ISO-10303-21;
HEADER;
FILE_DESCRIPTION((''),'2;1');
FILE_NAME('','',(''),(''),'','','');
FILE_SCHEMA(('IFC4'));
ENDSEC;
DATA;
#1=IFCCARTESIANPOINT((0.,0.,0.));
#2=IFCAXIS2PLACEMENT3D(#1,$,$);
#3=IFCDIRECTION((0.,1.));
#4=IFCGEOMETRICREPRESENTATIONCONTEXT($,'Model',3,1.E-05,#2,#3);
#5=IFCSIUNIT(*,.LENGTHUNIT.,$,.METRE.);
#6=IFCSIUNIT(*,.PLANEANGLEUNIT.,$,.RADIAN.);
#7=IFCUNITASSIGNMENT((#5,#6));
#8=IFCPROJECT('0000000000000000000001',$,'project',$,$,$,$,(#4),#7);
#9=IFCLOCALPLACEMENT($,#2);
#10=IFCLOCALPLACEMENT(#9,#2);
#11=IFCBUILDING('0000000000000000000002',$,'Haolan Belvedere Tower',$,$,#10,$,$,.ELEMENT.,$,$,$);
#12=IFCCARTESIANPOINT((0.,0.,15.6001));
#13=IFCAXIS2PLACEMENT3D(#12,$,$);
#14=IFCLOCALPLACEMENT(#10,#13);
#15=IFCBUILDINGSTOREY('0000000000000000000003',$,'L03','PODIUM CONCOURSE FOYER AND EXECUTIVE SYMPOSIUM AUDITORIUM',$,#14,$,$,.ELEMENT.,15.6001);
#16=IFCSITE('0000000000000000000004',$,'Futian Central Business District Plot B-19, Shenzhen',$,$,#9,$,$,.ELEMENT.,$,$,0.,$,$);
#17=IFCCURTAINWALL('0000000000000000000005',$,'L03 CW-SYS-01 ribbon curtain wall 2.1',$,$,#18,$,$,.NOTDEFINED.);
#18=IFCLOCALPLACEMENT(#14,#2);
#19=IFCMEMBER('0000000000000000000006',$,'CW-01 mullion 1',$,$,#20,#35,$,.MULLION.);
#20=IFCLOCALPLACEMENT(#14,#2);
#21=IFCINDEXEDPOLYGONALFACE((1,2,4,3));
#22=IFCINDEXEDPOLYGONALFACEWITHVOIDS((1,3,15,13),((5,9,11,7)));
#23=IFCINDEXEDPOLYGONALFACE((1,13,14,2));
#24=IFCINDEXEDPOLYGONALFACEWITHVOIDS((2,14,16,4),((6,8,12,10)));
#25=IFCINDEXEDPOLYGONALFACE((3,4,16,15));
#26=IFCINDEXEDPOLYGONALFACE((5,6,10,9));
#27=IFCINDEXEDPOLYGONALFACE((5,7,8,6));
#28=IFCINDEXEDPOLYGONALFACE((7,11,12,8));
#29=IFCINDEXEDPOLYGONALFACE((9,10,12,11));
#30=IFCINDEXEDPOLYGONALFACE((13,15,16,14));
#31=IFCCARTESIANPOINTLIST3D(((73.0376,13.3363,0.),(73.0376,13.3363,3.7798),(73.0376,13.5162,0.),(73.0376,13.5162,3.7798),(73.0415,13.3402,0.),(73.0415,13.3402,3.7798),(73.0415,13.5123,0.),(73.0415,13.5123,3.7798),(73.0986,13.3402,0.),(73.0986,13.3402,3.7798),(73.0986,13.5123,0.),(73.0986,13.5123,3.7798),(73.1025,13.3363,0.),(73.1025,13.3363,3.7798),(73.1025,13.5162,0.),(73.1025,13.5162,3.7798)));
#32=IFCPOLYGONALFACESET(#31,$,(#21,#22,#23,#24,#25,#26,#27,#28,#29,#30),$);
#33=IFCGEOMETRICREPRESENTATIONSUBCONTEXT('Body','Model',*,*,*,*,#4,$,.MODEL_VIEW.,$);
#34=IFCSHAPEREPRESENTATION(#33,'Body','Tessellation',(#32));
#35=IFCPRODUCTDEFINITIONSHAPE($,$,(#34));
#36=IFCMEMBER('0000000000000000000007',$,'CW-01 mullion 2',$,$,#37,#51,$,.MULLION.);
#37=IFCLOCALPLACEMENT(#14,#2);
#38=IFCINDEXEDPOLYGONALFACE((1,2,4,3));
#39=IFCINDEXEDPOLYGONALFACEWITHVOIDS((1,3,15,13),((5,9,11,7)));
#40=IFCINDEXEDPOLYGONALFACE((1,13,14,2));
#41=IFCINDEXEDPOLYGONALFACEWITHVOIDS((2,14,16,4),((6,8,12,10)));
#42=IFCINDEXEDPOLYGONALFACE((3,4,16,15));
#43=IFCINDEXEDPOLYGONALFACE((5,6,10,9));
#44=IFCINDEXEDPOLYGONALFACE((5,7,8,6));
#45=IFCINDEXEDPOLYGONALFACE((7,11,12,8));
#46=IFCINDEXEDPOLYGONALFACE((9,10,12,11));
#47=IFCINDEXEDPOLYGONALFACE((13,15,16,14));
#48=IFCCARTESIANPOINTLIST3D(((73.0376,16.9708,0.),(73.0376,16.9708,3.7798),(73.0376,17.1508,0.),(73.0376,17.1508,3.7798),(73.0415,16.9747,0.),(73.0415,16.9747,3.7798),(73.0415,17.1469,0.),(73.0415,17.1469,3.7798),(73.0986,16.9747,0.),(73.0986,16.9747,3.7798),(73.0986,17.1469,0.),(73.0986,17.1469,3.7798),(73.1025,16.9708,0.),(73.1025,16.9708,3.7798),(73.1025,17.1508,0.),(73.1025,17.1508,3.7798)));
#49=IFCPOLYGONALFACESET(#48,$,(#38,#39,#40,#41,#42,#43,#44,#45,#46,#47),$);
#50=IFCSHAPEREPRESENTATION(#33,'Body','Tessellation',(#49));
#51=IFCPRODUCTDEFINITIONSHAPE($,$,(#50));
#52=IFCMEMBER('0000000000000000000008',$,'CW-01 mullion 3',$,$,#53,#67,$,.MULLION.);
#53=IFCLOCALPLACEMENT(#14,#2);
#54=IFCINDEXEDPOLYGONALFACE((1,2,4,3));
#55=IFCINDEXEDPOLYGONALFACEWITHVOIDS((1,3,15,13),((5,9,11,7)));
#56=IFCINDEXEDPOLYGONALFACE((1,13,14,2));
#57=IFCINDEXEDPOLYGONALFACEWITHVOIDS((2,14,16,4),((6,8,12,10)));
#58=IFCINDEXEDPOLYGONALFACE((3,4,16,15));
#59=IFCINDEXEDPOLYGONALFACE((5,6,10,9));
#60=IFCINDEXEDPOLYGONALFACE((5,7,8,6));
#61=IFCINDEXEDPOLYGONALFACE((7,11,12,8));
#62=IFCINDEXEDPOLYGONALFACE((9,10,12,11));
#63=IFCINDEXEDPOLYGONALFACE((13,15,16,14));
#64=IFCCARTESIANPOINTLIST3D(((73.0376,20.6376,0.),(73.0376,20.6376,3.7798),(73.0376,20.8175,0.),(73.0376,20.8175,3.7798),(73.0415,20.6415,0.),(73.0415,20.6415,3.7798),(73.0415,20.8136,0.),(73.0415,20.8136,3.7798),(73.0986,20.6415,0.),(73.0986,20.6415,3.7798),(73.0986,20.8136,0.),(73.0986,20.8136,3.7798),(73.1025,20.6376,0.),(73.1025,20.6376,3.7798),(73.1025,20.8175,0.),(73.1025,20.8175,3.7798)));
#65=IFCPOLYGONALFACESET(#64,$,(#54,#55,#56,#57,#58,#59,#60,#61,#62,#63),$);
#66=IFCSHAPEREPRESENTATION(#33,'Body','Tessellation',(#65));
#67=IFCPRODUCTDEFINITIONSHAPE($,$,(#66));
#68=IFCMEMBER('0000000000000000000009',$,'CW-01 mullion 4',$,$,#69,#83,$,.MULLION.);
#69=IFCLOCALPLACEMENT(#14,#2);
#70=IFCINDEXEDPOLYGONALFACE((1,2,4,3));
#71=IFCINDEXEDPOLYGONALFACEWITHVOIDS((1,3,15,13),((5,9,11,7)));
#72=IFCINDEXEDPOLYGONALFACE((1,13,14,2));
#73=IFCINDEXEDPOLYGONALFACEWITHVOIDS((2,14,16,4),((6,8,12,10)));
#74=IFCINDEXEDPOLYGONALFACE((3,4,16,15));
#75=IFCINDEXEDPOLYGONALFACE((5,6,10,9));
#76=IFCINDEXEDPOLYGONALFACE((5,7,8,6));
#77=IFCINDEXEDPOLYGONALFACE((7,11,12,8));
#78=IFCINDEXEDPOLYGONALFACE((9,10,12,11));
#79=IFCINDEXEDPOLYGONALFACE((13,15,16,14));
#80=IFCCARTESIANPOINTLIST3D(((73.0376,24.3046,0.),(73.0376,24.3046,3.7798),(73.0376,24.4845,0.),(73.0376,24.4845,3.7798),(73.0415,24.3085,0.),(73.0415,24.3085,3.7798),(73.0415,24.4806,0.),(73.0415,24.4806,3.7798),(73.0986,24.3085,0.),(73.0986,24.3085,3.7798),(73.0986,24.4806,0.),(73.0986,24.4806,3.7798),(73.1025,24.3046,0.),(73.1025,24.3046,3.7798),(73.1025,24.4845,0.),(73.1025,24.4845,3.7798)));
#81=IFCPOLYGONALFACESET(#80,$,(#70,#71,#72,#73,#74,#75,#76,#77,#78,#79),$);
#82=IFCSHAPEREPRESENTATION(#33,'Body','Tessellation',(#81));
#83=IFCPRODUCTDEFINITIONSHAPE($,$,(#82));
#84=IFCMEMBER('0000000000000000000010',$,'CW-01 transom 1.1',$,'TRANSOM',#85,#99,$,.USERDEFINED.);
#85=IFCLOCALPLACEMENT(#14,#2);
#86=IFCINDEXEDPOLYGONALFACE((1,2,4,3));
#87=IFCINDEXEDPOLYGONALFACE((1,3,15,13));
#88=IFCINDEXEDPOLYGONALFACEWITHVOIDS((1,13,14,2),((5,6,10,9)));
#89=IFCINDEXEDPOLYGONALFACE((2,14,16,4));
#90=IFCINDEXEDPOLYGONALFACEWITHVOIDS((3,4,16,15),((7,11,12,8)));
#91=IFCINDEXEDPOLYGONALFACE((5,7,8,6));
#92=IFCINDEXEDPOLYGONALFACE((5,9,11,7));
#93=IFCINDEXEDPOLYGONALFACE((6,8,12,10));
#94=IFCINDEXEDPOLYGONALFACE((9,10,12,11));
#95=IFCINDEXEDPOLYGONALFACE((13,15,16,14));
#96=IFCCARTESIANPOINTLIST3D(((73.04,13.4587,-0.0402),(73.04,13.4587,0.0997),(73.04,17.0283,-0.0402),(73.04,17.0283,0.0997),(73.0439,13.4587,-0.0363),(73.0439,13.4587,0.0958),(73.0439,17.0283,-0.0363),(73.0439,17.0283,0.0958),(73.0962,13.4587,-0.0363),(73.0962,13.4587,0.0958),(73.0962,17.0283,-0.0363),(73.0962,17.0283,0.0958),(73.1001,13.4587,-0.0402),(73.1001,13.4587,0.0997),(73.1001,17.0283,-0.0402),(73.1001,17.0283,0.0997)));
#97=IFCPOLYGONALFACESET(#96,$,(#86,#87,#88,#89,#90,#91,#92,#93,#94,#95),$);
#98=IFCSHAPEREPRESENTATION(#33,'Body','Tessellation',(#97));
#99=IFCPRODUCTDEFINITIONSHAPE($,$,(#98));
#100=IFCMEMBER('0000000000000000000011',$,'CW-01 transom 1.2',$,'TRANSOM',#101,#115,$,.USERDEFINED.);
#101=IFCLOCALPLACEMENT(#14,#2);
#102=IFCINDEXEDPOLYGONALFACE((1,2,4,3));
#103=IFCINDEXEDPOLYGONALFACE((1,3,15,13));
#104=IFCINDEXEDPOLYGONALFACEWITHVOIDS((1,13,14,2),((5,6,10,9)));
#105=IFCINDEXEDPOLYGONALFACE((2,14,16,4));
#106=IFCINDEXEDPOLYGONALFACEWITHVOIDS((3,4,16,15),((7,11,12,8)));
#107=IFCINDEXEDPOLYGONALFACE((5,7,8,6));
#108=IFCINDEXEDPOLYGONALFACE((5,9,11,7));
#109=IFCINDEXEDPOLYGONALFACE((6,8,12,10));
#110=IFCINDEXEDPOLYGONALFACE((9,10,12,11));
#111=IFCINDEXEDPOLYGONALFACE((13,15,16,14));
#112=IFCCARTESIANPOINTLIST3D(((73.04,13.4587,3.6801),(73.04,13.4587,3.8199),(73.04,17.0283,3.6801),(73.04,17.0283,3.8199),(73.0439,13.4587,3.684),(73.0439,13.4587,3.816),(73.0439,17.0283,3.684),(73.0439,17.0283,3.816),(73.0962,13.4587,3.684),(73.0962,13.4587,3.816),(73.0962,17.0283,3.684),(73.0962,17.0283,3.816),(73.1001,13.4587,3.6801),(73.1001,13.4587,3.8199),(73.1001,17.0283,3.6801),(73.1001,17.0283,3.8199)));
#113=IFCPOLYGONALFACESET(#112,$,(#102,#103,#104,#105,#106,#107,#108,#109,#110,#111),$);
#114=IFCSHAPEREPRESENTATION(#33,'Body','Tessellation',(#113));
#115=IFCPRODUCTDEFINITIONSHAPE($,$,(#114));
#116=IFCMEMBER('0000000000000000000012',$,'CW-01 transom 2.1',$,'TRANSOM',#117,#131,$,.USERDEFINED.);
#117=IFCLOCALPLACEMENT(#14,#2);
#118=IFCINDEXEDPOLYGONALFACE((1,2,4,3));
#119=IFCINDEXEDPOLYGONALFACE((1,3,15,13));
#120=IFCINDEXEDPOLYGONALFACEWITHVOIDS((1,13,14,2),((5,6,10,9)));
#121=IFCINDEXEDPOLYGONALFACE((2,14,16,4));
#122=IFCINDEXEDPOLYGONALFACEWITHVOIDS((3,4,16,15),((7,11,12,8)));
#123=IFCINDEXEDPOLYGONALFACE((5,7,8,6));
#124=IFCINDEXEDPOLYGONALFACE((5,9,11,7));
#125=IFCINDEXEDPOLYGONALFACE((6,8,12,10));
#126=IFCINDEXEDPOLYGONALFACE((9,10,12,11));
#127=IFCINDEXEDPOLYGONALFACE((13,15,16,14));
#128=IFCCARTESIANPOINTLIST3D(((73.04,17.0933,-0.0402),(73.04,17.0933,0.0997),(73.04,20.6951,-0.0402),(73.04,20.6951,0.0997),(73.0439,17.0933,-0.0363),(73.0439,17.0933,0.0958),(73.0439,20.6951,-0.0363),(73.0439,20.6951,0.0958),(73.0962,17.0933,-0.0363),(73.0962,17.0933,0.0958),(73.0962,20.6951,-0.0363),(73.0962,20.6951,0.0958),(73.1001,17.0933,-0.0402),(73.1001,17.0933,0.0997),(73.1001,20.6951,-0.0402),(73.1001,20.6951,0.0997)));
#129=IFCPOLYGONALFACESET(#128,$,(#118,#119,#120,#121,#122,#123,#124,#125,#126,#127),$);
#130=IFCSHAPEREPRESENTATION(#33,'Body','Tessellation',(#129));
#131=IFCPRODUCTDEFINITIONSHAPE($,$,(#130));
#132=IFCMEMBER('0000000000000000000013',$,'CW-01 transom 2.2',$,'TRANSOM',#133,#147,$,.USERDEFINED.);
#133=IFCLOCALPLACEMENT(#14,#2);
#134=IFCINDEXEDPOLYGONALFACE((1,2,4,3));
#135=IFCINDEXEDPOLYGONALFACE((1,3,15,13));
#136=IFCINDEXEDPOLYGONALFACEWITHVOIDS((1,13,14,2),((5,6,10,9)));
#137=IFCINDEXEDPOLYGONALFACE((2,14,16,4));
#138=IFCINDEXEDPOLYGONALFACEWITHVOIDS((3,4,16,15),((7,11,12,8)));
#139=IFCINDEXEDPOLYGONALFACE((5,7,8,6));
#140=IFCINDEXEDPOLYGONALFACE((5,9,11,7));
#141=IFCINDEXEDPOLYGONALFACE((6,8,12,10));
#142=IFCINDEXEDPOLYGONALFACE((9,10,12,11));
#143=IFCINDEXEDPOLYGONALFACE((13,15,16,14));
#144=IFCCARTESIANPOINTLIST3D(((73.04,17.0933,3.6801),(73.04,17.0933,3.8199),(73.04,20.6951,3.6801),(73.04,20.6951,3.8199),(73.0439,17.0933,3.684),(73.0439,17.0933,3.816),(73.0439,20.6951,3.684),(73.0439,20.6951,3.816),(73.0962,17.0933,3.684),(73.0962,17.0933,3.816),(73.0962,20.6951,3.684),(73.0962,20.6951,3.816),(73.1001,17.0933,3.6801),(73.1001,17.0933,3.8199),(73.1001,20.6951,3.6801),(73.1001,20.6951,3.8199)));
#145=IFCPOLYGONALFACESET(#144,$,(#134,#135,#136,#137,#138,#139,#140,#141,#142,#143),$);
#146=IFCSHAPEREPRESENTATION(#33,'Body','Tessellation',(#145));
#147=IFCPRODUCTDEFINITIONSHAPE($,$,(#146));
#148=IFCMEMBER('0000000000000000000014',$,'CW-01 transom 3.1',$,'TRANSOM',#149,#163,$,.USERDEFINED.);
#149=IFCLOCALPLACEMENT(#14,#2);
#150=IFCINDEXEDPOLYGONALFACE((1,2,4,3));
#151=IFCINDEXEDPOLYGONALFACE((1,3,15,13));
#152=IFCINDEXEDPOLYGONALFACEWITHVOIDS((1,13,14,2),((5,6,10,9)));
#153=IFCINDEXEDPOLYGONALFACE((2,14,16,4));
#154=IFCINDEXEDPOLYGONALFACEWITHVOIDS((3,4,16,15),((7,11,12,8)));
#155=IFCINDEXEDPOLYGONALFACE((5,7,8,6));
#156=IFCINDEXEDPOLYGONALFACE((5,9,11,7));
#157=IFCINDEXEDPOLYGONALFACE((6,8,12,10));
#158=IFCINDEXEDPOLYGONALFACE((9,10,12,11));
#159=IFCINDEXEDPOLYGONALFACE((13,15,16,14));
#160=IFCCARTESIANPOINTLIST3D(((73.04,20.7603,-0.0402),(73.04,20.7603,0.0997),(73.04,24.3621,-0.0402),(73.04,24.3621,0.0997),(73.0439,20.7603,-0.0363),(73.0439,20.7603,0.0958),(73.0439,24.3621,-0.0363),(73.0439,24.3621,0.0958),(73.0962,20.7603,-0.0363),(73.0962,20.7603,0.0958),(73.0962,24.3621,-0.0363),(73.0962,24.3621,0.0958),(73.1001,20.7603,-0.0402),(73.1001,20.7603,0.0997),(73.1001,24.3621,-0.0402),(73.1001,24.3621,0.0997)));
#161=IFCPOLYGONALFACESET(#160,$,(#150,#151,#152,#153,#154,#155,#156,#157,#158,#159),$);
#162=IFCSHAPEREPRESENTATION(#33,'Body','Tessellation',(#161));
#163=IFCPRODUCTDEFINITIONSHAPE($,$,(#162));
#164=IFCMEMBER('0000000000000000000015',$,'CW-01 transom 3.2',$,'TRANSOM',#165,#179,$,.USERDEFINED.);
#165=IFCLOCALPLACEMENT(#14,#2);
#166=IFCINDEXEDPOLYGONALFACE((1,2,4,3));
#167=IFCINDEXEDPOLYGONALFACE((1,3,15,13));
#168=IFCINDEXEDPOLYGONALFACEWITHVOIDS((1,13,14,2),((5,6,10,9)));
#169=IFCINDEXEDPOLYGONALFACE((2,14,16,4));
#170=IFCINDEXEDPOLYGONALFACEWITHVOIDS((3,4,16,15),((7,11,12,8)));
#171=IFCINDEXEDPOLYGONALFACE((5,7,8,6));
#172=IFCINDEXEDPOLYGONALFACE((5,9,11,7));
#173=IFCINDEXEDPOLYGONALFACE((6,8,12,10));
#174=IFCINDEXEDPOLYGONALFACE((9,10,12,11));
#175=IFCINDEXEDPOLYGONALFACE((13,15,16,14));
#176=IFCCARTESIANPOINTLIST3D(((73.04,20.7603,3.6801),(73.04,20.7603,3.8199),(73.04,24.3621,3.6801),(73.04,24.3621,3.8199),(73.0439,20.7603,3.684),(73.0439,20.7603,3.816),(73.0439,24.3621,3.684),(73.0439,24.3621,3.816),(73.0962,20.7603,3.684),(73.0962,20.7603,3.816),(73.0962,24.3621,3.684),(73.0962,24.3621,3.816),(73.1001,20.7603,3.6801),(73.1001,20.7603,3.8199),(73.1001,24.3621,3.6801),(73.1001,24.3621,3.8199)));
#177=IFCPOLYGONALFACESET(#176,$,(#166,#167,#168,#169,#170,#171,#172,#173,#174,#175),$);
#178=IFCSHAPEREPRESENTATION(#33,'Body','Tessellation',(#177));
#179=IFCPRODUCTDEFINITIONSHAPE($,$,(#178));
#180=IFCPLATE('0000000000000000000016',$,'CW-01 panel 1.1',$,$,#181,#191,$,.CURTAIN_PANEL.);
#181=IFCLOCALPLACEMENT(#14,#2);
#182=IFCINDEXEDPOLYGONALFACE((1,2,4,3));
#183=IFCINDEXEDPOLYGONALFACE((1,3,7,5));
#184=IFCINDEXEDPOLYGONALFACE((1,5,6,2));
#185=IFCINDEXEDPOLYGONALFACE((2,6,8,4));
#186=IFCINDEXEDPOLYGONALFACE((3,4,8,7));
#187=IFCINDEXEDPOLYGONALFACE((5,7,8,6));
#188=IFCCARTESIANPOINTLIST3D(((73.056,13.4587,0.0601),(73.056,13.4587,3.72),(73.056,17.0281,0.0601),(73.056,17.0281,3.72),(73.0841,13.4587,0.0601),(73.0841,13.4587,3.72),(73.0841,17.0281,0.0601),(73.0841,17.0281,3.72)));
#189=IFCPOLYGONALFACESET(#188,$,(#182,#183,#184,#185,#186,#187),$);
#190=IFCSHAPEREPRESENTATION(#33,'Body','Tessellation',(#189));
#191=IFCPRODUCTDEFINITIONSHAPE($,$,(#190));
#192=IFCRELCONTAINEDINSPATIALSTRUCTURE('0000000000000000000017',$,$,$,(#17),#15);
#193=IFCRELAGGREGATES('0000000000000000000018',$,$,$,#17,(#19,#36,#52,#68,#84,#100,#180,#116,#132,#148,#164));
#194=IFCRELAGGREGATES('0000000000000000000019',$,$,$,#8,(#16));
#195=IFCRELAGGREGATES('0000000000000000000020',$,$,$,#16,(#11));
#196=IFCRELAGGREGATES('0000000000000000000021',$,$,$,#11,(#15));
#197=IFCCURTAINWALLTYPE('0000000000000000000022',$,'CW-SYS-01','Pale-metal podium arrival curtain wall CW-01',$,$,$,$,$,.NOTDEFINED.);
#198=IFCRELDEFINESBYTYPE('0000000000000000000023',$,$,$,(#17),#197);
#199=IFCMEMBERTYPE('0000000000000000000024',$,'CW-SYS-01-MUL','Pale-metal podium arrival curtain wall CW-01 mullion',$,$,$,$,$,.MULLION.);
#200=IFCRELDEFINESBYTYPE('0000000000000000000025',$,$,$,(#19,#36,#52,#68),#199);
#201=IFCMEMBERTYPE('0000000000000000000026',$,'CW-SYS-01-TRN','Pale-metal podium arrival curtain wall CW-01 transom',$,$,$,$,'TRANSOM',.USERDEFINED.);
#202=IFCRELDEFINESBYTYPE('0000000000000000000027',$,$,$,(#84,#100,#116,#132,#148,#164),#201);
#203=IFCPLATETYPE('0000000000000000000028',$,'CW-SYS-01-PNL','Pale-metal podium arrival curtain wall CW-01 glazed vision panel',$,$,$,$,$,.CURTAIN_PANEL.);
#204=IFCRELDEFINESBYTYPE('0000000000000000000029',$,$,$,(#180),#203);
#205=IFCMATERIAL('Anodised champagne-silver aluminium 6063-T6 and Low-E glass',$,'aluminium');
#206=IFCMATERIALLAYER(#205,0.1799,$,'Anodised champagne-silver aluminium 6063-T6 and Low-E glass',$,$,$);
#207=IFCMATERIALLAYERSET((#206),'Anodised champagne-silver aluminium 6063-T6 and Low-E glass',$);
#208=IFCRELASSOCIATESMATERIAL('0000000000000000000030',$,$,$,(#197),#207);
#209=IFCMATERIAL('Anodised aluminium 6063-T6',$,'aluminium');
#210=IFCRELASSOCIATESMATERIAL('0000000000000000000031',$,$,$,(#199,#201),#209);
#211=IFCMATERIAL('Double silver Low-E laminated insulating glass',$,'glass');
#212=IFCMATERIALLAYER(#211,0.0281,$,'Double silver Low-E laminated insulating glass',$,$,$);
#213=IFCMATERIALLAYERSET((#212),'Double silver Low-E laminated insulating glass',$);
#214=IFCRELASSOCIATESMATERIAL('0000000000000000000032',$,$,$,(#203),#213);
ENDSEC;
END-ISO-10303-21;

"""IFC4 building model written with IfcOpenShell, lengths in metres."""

from ifc_helpers import new_model, si_unit, direction, frame, origin, origin_2d, place, context, subcontext, project, spatial, rectangle, hollow_rectangle, extrude, material, layer, layer_set, material_profile, profile_set, type_object, element, aggregate, save


model = new_model("IFC4")

# Units and contexts
model_context = context("Model", 3, precision=1e-05, world=origin(), true_north=direction((0.0, 1.0)))
body_context = subcontext(model_context, "Body", "Model", "MODEL_VIEW")
ifc_project = project(units=[si_unit("LENGTHUNIT", "METRE"), si_unit("PLANEANGLEUNIT", "RADIAN")], contexts=[model_context])

# Site, building, storey
site_placement = place(None, origin())
site = spatial("IfcSite", under=ifc_project, at=site_placement, Name="Futian Central Business District Plot B-19, Shenzhen", CompositionType="ELEMENT", RefElevation=0.0)
building_placement = place(site_placement, origin())
building = spatial("IfcBuilding", under=site, at=building_placement, Name="Haolan Belvedere Tower", CompositionType="ELEMENT")
storey_placement = place(building_placement, frame((0.0, 0.0, 15.6001)))
storey = spatial("IfcBuildingStorey", under=building, at=storey_placement, Name="L03", Description="PODIUM CONCOURSE FOYER AND EXECUTIVE SYMPOSIUM AUDITORIUM", CompositionType="ELEMENT", Elevation=15.6001)

# Curtain wall, members, plate
ifc_material_1 = material(Name="Anodised champagne-silver aluminium 6063-T6 and Low-E glass", Category="aluminium")
ifc_layer_1 = layer(ifc_material_1, 0.1799, Name="Anodised champagne-silver aluminium 6063-T6 and Low-E glass")
ifc_layer_set_1 = layer_set([ifc_layer_1], Name="Anodised champagne-silver aluminium 6063-T6 and Low-E glass")
curtain_wall_type = type_object("IfcCurtainWallType", Name="CW-SYS-01", Description="Pale-metal podium arrival curtain wall CW-01", PredefinedType="NOTDEFINED", material=ifc_layer_set_1)
curtain_wall_placement = place(storey_placement, origin())
curtain_wall = element("IfcCurtainWall", 1, at=curtain_wall_placement, inside=storey, type_object=curtain_wall_type, Name="L03 CW-SYS-01 ribbon curtain wall 2.1", PredefinedType="NOTDEFINED")
ifc_material_2 = material(Name="Anodised aluminium 6063-T6", Category="aluminium")
ifc_material_profile_1 = material_profile(ifc_material_2, hollow_rectangle(XDim=0.0649, YDim=0.1799, WallThickness=0.0039, at=origin_2d()), Name="Anodised aluminium 6063-T6")
ifc_profile_set_1 = profile_set([ifc_material_profile_1], Name="Anodised aluminium 6063-T6")
member_type_1 = type_object("IfcMemberType", Name="CW-SYS-01-MUL", Description="Pale-metal podium arrival curtain wall CW-01 mullion", PredefinedType="MULLION", material=ifc_profile_set_1)
member_1_placement = place(storey_placement, frame((73.0701, 13.4263, 0.0), z_axis=(0.0, 0.0, 1.0), x_axis=(-1.0, 0.0, 0.0)))
member_1 = element("IfcMember", 2, at=member_1_placement, type_object=member_type_1, Name="CW-01 mullion 1", PredefinedType="MULLION", context=body_context, shape_type="SweptSolid", body=[
    extrude(hollow_rectangle(XDim=0.0649, YDim=0.1799, WallThickness=0.0039, at=origin_2d()), origin(), (0.0, 0.0, 1.0), 3.7798),
])
member_2_placement = place(storey_placement, frame((73.0701, 17.0608, 0.0), z_axis=(0.0, 0.0, 1.0), x_axis=(-1.0, 0.0, 0.0)))
member_2 = element("IfcMember", 3, at=member_2_placement, type_object=member_type_1, Name="CW-01 mullion 2", PredefinedType="MULLION", context=body_context, shape_type="SweptSolid", body=[
    extrude(hollow_rectangle(XDim=0.0649, YDim=0.1799, WallThickness=0.0039, at=origin_2d()), origin(), (0.0, 0.0, 1.0), 3.7798),
])
member_3_placement = place(storey_placement, frame((73.0701, 20.7275, 0.0), z_axis=(0.0, 0.0, 1.0), x_axis=(-1.0, 0.0, 0.0)))
member_3 = element("IfcMember", 4, at=member_3_placement, type_object=member_type_1, Name="CW-01 mullion 3", PredefinedType="MULLION", context=body_context, shape_type="SweptSolid", body=[
    extrude(hollow_rectangle(XDim=0.0649, YDim=0.1799, WallThickness=0.0039, at=origin_2d()), origin(), (0.0, 0.0, 1.0), 3.7798),
])
member_4_placement = place(storey_placement, frame((73.0701, 24.3945, 0.0), z_axis=(0.0, 0.0, 1.0), x_axis=(-1.0, 0.0, 0.0)))
member_4 = element("IfcMember", 5, at=member_4_placement, type_object=member_type_1, Name="CW-01 mullion 4", PredefinedType="MULLION", context=body_context, shape_type="SweptSolid", body=[
    extrude(hollow_rectangle(XDim=0.0649, YDim=0.1799, WallThickness=0.0039, at=origin_2d()), origin(), (0.0, 0.0, 1.0), 3.7798),
])
ifc_material_profile_2 = material_profile(ifc_material_2, hollow_rectangle(XDim=0.0601, YDim=0.1399, WallThickness=0.0039, at=origin_2d()), Name="Anodised aluminium 6063-T6")
ifc_profile_set_2 = profile_set([ifc_material_profile_2], Name="Anodised aluminium 6063-T6")
member_type_2 = type_object("IfcMemberType", Name="CW-SYS-01-TRN", Description="Pale-metal podium arrival curtain wall CW-01 transom", ElementType="TRANSOM", PredefinedType="USERDEFINED", material=ifc_profile_set_2)
member_5_placement = place(storey_placement, frame((73.0701, 13.4587, 0.0298), z_axis=(0.0, 1.0, 0.0), x_axis=(-1.0, 0.0, 0.0)))
member_5 = element("IfcMember", 6, at=member_5_placement, type_object=member_type_2, Name="CW-01 transom 1.1", ObjectType="TRANSOM", PredefinedType="USERDEFINED", context=body_context, shape_type="SweptSolid", body=[
    extrude(hollow_rectangle(XDim=0.0601, YDim=0.1399, WallThickness=0.0039, at=origin_2d()), origin(), (0.0, 0.0, 1.0), 3.5696),
])
member_6_placement = place(storey_placement, frame((73.0701, 13.4587, 3.75), z_axis=(0.0, 1.0, 0.0), x_axis=(-1.0, 0.0, 0.0)))
member_6 = element("IfcMember", 7, at=member_6_placement, type_object=member_type_2, Name="CW-01 transom 1.2", ObjectType="TRANSOM", PredefinedType="USERDEFINED", context=body_context, shape_type="SweptSolid", body=[
    extrude(hollow_rectangle(XDim=0.0601, YDim=0.1399, WallThickness=0.0039, at=origin_2d()), origin(), (0.0, 0.0, 1.0), 3.5696),
])
member_7_placement = place(storey_placement, frame((73.0701, 17.0933, 0.0298), z_axis=(0.0, 1.0, 0.0), x_axis=(-1.0, 0.0, 0.0)))
member_7 = element("IfcMember", 8, at=member_7_placement, type_object=member_type_2, Name="CW-01 transom 2.1", ObjectType="TRANSOM", PredefinedType="USERDEFINED", context=body_context, shape_type="SweptSolid", body=[
    extrude(hollow_rectangle(XDim=0.0601, YDim=0.1399, WallThickness=0.0039, at=origin_2d()), origin(), (0.0, 0.0, 1.0), 3.6018),
])
member_8_placement = place(storey_placement, frame((73.0701, 17.0933, 3.75), z_axis=(0.0, 1.0, 0.0), x_axis=(-1.0, 0.0, 0.0)))
member_8 = element("IfcMember", 9, at=member_8_placement, type_object=member_type_2, Name="CW-01 transom 2.2", ObjectType="TRANSOM", PredefinedType="USERDEFINED", context=body_context, shape_type="SweptSolid", body=[
    extrude(hollow_rectangle(XDim=0.0601, YDim=0.1399, WallThickness=0.0039, at=origin_2d()), origin(), (0.0, 0.0, 1.0), 3.6018),
])
member_9_placement = place(storey_placement, frame((73.0701, 20.7603, 0.0298), z_axis=(0.0, 1.0, 0.0), x_axis=(-1.0, 0.0, 0.0)))
member_9 = element("IfcMember", 10, at=member_9_placement, type_object=member_type_2, Name="CW-01 transom 3.1", ObjectType="TRANSOM", PredefinedType="USERDEFINED", context=body_context, shape_type="SweptSolid", body=[
    extrude(hollow_rectangle(XDim=0.0601, YDim=0.1399, WallThickness=0.0039, at=origin_2d()), origin(), (0.0, 0.0, 1.0), 3.6018),
])
member_10_placement = place(storey_placement, frame((73.0701, 20.7603, 3.75), z_axis=(0.0, 1.0, 0.0), x_axis=(-1.0, 0.0, 0.0)))
member_10 = element("IfcMember", 11, at=member_10_placement, type_object=member_type_2, Name="CW-01 transom 3.2", ObjectType="TRANSOM", PredefinedType="USERDEFINED", context=body_context, shape_type="SweptSolid", body=[
    extrude(hollow_rectangle(XDim=0.0601, YDim=0.1399, WallThickness=0.0039, at=origin_2d()), origin(), (0.0, 0.0, 1.0), 3.6018),
])
ifc_material_3 = material(Name="Double silver Low-E laminated insulating glass", Category="glass")
ifc_layer_2 = layer(ifc_material_3, 0.0281, Name="Double silver Low-E laminated insulating glass")
ifc_layer_set_2 = layer_set([ifc_layer_2], Name="Double silver Low-E laminated insulating glass")
plate_type = type_object("IfcPlateType", Name="CW-SYS-01-PNL", Description="Pale-metal podium arrival curtain wall CW-01 glazed vision panel", PredefinedType="CURTAIN_PANEL", material=ifc_layer_set_2)
plate_1_placement = place(storey_placement, frame((73.0701, 15.2434, 0.0601), z_axis=(0.0, 0.0, 1.0), x_axis=(0.0, 1.0, 0.0)))
plate_1 = element("IfcPlate", 12, at=plate_1_placement, type_object=plate_type, Name="CW-01 panel 1.1", PredefinedType="CURTAIN_PANEL", context=body_context, shape_type="SweptSolid", body=[
    extrude(rectangle(XDim=3.5693, YDim=0.0281, at=origin_2d()), origin(), (0.0, 0.0, 1.0), 3.6599),
])
aggregate(curtain_wall, [member_1, member_2, member_3, member_4, member_5, member_6, plate_1, member_7, member_8, member_9, member_10])

save(model, "model.ifc")
